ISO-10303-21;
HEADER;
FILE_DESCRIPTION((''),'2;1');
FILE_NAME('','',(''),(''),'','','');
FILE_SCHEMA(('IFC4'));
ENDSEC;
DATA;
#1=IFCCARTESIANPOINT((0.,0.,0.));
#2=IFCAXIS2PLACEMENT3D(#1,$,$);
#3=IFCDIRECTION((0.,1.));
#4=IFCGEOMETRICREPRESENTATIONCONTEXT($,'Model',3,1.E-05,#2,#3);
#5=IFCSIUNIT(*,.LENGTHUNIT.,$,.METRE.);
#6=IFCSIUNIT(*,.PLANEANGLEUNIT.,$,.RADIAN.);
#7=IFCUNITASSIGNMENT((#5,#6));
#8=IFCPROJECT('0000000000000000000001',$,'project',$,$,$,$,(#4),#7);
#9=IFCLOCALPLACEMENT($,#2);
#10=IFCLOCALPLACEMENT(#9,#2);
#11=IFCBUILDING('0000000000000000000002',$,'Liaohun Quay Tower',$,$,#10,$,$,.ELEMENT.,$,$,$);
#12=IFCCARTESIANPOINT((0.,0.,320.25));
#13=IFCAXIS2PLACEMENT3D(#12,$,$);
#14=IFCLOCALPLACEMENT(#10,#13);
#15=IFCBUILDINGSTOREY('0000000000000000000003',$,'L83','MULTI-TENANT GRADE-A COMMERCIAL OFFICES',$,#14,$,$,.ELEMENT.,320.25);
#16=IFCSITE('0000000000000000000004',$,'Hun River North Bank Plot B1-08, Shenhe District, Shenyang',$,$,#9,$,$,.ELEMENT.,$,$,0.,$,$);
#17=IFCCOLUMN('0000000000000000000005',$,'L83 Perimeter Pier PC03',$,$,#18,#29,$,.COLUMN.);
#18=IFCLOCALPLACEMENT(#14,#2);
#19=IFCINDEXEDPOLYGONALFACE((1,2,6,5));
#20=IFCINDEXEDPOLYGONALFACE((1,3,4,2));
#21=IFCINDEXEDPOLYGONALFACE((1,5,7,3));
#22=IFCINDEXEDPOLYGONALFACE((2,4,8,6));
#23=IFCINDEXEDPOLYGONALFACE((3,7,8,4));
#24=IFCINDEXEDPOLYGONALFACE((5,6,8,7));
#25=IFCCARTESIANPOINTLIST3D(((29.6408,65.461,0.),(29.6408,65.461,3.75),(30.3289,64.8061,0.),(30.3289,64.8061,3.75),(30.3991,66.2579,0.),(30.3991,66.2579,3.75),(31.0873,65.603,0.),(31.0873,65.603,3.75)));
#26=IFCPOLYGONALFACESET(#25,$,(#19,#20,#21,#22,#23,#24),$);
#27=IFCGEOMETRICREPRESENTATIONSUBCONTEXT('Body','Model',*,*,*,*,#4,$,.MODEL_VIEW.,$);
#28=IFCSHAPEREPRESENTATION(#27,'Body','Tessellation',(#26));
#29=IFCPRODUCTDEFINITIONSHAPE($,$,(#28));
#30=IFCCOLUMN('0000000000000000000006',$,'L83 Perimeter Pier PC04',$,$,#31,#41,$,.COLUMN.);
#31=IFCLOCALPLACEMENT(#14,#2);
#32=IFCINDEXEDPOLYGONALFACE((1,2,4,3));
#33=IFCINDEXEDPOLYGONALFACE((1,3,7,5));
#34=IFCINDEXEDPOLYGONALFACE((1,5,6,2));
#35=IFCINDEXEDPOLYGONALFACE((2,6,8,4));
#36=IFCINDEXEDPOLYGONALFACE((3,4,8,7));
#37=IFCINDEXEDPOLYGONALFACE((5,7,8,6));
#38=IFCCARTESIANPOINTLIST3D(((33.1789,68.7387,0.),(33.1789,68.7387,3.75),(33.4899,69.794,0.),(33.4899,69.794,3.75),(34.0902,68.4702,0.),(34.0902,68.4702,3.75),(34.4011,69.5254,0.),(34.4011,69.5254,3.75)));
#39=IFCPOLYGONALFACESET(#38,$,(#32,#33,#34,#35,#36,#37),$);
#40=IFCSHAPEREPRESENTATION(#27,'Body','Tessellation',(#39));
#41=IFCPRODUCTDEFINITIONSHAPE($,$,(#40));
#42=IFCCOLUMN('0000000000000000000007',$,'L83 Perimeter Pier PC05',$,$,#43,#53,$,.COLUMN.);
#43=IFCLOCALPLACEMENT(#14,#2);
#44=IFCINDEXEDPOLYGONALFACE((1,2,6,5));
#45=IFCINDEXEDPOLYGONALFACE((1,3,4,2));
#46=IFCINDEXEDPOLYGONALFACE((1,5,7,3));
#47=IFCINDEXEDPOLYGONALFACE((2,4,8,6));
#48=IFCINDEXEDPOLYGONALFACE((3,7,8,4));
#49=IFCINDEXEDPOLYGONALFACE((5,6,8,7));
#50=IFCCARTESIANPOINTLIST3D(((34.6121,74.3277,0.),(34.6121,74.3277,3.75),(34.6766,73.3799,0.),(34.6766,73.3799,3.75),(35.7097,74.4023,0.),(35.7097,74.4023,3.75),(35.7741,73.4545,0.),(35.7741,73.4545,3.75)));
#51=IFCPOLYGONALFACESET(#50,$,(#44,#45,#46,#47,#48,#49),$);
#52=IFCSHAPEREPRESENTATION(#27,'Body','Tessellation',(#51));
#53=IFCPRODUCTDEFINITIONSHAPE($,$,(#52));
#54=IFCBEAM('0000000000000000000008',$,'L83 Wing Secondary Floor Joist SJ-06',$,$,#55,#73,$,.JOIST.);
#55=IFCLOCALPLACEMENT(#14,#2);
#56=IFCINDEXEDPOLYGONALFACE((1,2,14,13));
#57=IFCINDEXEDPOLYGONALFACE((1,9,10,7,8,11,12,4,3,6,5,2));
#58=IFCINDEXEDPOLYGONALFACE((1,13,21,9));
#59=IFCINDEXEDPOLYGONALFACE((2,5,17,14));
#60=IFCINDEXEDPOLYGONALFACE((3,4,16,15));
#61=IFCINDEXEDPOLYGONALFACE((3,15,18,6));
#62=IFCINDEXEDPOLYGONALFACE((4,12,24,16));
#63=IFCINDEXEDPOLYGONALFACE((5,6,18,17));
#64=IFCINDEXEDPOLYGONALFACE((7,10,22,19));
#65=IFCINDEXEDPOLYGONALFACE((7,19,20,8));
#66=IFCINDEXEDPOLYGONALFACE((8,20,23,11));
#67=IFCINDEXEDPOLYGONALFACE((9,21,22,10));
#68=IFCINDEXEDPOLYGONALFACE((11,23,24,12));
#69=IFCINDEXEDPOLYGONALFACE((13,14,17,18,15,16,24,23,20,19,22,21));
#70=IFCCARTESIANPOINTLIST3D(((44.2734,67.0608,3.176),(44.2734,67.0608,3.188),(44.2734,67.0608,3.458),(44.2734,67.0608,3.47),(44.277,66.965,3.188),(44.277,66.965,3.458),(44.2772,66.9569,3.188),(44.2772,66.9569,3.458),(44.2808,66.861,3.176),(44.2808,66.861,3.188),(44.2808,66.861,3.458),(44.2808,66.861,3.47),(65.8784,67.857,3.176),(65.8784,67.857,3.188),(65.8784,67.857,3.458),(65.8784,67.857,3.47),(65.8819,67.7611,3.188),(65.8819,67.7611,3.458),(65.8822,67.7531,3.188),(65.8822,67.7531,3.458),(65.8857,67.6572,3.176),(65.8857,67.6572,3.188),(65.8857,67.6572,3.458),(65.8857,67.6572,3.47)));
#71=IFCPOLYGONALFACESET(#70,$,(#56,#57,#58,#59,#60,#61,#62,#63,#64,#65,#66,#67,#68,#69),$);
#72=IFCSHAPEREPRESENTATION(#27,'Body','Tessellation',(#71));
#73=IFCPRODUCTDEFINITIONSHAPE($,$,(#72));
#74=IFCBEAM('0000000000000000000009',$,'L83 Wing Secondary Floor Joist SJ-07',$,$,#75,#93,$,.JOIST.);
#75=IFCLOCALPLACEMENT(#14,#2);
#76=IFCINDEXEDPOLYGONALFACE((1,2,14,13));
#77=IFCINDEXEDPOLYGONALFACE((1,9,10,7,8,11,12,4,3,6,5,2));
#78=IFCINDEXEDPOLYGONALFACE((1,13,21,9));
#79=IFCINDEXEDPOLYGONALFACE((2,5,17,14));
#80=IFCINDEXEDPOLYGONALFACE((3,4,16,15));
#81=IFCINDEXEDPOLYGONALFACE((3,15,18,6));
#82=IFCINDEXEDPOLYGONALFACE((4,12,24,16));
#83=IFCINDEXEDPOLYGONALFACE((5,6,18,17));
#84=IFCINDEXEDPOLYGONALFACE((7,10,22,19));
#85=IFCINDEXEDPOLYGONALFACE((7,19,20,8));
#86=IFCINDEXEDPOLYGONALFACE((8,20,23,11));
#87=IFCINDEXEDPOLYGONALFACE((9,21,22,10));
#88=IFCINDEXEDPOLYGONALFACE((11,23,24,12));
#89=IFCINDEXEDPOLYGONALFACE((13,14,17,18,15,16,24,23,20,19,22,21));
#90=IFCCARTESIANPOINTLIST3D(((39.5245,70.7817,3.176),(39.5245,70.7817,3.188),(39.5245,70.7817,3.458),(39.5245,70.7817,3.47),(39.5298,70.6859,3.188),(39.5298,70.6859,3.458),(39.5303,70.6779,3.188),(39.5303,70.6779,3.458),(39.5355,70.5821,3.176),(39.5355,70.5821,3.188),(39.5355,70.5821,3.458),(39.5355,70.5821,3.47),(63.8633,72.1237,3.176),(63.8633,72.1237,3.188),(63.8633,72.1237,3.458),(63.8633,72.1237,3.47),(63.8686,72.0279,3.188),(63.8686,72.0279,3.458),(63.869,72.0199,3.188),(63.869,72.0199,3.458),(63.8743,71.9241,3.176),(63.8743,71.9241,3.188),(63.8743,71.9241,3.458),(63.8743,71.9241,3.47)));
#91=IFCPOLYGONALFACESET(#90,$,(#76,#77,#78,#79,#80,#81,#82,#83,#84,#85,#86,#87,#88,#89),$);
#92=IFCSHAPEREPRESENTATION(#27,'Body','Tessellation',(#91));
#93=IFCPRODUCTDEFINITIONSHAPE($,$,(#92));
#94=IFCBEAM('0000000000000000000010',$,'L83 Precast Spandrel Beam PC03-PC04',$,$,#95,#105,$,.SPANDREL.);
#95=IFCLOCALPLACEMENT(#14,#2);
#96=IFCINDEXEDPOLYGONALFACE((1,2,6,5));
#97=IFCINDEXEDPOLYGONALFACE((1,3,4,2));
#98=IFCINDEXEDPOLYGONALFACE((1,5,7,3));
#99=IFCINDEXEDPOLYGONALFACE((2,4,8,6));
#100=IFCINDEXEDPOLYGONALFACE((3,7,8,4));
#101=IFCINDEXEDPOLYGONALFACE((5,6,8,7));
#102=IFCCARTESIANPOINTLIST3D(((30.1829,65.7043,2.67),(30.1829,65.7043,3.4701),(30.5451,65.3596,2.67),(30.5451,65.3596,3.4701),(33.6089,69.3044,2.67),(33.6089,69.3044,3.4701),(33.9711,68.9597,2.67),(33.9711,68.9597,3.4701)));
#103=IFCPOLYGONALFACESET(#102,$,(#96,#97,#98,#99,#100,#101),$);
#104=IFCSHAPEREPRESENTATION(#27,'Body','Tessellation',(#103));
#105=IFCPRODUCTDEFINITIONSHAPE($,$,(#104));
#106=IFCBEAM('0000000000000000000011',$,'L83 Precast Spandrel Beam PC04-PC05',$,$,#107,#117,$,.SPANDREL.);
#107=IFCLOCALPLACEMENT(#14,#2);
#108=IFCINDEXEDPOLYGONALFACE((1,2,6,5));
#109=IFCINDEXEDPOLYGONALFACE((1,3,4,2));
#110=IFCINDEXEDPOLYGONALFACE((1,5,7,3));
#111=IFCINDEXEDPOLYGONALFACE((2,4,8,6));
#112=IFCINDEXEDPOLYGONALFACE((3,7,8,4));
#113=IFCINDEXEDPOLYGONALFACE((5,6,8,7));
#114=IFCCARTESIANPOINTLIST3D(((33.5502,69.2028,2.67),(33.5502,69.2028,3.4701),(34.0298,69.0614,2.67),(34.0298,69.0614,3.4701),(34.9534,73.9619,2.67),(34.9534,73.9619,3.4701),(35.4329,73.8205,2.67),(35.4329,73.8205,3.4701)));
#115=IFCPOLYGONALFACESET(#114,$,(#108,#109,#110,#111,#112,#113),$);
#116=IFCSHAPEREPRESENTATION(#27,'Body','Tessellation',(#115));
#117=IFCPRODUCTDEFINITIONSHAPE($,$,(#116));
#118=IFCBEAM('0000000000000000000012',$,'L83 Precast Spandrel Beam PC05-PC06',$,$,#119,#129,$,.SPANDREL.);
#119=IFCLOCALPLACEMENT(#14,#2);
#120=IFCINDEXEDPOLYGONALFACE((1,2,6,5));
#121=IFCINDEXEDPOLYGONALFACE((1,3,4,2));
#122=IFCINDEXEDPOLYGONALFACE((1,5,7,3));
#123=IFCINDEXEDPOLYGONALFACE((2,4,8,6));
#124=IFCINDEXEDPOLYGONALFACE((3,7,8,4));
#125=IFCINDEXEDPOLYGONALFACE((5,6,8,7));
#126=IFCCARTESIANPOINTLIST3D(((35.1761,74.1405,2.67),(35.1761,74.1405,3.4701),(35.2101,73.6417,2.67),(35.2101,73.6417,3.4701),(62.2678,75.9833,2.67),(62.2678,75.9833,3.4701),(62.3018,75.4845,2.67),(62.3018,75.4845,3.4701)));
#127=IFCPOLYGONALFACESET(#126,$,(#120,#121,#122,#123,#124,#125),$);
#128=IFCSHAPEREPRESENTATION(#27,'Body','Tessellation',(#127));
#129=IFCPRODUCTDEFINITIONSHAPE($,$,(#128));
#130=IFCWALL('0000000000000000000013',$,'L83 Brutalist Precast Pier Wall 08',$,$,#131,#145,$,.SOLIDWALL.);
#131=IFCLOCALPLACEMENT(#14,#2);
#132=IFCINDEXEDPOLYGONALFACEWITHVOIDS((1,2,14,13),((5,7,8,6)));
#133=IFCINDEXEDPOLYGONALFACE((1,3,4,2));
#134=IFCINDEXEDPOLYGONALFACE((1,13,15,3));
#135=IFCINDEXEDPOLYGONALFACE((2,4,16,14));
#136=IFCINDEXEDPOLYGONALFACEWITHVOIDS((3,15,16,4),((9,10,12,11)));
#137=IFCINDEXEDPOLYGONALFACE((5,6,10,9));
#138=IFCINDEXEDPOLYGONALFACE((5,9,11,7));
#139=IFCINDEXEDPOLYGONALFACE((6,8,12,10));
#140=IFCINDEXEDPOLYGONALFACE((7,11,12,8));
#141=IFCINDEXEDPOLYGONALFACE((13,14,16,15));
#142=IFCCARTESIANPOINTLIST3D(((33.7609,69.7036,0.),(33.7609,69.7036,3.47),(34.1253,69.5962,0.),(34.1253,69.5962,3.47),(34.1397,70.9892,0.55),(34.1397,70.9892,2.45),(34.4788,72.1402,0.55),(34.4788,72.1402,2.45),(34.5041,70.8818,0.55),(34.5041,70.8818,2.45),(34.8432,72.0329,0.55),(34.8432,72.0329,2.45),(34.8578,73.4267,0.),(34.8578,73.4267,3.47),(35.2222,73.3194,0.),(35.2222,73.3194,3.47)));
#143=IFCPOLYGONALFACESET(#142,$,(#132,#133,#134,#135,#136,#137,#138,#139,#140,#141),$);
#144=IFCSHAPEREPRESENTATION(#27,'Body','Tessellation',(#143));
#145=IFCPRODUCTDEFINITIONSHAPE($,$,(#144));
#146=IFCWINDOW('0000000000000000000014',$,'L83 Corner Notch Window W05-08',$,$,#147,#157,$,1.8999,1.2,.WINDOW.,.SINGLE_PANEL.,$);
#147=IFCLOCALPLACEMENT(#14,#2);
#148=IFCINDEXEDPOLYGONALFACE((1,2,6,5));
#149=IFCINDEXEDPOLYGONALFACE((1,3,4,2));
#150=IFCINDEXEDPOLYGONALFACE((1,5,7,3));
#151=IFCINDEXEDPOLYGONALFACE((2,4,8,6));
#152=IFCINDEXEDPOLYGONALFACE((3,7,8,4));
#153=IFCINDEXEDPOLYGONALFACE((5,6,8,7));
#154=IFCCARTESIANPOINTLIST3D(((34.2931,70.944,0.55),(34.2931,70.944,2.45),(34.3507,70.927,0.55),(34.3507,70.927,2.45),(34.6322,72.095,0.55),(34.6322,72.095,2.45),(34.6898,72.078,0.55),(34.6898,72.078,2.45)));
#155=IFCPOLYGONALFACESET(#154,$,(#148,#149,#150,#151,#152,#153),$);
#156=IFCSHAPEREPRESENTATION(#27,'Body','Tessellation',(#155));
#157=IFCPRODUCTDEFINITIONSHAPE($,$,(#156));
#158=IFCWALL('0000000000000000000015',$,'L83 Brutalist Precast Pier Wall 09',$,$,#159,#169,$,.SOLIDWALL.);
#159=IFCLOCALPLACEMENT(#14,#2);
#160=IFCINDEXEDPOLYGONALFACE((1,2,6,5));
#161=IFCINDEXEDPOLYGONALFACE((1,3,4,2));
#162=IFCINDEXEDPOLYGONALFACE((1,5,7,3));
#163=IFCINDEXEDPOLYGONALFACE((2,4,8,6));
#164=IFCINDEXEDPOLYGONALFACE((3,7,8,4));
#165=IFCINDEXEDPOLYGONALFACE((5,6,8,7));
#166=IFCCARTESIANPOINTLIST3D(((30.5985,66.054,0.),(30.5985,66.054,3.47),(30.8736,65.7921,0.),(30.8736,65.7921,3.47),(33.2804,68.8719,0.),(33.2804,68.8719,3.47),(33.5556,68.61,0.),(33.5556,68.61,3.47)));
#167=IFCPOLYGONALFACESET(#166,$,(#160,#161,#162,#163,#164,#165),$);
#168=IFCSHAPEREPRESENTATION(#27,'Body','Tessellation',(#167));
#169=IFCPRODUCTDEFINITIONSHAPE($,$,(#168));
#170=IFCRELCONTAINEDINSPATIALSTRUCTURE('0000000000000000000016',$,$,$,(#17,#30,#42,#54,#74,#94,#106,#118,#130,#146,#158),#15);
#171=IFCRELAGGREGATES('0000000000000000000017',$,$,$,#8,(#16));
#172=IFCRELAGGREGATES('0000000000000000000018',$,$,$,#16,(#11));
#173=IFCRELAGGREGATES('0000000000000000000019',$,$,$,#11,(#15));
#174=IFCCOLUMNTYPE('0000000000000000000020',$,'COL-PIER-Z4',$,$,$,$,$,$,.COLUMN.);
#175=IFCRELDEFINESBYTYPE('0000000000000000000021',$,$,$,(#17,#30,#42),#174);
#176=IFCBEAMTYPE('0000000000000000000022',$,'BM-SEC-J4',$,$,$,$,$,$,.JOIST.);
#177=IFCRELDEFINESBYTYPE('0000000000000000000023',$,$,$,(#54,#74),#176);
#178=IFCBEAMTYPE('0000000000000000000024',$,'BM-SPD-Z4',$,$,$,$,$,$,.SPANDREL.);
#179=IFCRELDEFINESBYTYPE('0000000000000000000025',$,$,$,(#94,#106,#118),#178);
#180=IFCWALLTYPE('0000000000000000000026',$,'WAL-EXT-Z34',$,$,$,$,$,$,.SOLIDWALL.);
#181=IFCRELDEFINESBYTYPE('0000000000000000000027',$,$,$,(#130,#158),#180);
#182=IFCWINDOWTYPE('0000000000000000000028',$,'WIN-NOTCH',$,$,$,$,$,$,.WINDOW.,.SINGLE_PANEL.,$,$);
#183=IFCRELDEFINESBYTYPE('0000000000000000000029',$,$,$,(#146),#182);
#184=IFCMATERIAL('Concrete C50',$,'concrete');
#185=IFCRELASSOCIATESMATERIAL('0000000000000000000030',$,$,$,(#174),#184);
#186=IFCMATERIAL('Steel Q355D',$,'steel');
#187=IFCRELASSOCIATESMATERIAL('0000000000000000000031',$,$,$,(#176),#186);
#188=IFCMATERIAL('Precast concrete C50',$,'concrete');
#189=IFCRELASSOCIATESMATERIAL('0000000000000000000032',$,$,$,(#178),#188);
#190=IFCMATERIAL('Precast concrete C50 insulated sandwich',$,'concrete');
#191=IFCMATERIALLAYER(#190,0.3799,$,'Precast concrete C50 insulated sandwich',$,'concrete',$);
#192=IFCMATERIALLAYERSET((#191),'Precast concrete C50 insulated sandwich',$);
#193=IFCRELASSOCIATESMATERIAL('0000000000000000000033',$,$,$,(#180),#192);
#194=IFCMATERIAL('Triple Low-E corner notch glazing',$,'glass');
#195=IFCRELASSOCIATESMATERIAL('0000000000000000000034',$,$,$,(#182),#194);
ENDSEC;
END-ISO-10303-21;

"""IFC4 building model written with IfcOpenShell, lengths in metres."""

from ifc_helpers import new_model, si_unit, direction, frame, frame_2d, origin, origin_2d, place, context, subcontext, project, spatial, rectangle, i_section, extrude, source, transform, mapped, material, layer, layer_set, material_profile, profile_set, type_object, element, fill, save


model = new_model("IFC4")

# Units and contexts
model_context = context("Model", 3, precision=1e-05, world=origin(), true_north=direction((0.0, 1.0)))
body_context = subcontext(model_context, "Body", "Model", "MODEL_VIEW")
ifc_project = project(units=[si_unit("LENGTHUNIT", "METRE"), si_unit("PLANEANGLEUNIT", "RADIAN")], contexts=[model_context])

# Site, building, storey
site_placement = place(None, origin())
site = spatial("IfcSite", under=ifc_project, at=site_placement, Name="Hun River North Bank Plot B1-08, Shenhe District, Shenyang", CompositionType="ELEMENT", RefElevation=0.0)
building_placement = place(site_placement, origin())
building = spatial("IfcBuilding", under=site, at=building_placement, Name="Liaohun Quay Tower", CompositionType="ELEMENT")
storey_placement = place(building_placement, frame((0.0, 0.0, 320.25)))
storey = spatial("IfcBuildingStorey", under=building, at=storey_placement, Name="L83", Description="MULTI-TENANT GRADE-A COMMERCIAL OFFICES", CompositionType="ELEMENT", Elevation=320.25)

# Columns
ifc_material_1 = material(Name="Concrete C50", Category="concrete")
ifc_material_profile_1 = material_profile(ifc_material_1, rectangle(XDim=1.1001, YDim=0.95, at=origin_2d()), Name="RC1100x950")
ifc_profile_set_1 = profile_set([ifc_material_profile_1], Name="Concrete C50")
column_type = type_object("IfcColumnType", Name="COL-PIER-Z4", PredefinedType="COLUMN", material=ifc_profile_set_1)
shared_shape_1 = source(origin(), body_context, "Body", "SweptSolid", [
    extrude(rectangle(XDim=1.1001, YDim=0.95, at=origin_2d()), origin(), (0.0, 0.0, 1.0), 3.75),
])
for number, where, z_axis, x_axis, name in (
    (1, (30.364, 65.532, 0.0), (0.0, 0.0, 1.0), (0.689367, 0.724413, 0.0), "L83 Perimeter Pier PC03"),
    (2, (33.79, 69.1321, 0.0), (0.0, 0.0, 1.0), (0.282676, 0.959215, 0.0), "L83 Perimeter Pier PC04"),
    (3, (35.1931, 73.8911, 0.0), (0.0, 0.0, 1.0), (0.997696, 0.067841, 0.0), "L83 Perimeter Pier PC05"),
):
    element("IfcColumn", number, at=place(storey_placement, frame(where, z_axis=z_axis, x_axis=x_axis)), inside=storey, type_object=column_type, Name=name, PredefinedType="COLUMN", context=body_context, shape_type="MappedRepresentation", body=[
        mapped(shared_shape_1, transform((0.0, 0.0, 0.0), x_axis=(1.0, 0.0, 0.0), y_axis=(0.0, 1.0, 0.0), z_axis=(0.0, 0.0, 1.0), scale=1.0)),
    ])

# Beams
ifc_material_2 = material(Name="Steel Q355D", Category="steel")
ifc_material_profile_2 = material_profile(ifc_material_2, i_section(OverallWidth=0.2, OverallDepth=0.2939, WebThickness=0.0081, FlangeThickness=0.012, at=origin_2d()), Name="HM294x200x8x12")
ifc_profile_set_2 = profile_set([ifc_material_profile_2], Name="Steel Q355D")
beam_type_1 = type_object("IfcBeamType", Name="BM-SEC-J4", PredefinedType="JOIST", material=ifc_profile_set_2)
shared_shape_2 = source(origin(), body_context, "Body", "SweptSolid", [
    extrude(i_section(OverallWidth=0.2, OverallDepth=0.2939, WebThickness=0.0081, FlangeThickness=0.012, at=origin_2d()), origin(), (0.0, 0.0, 1.0), 21.6196),
])
beam_1_placement = place(storey_placement, frame((44.2771, 66.9609, 3.323), z_axis=(0.999322, 0.036825, 0.0), x_axis=(-0.036825, 0.999322, 0.0)))
element("IfcBeam", 4, at=beam_1_placement, inside=storey, type_object=beam_type_1, Name="L83 Wing Secondary Floor Joist SJ-06", PredefinedType="JOIST", context=body_context, shape_type="MappedRepresentation", body=[
    mapped(shared_shape_2, transform((0.0, 0.0, 0.0), x_axis=(1.0, 0.0, 0.0), y_axis=(0.0, 1.0, 0.0), z_axis=(0.0, 0.0, 1.0), scale=1.0)),
])
shared_shape_3 = source(origin(), body_context, "Body", "SweptSolid", [
    extrude(i_section(OverallWidth=0.2, OverallDepth=0.2939, WebThickness=0.0081, FlangeThickness=0.012, at=origin_2d()), origin(), (0.0, 0.0, 1.0), 24.3757),
])
beam_2_placement = place(storey_placement, frame((39.53, 70.6819, 3.323), z_axis=(0.998483, 0.055056, 0.0), x_axis=(-0.055056, 0.998483, 0.0)))
element("IfcBeam", 5, at=beam_2_placement, inside=storey, type_object=beam_type_1, Name="L83 Wing Secondary Floor Joist SJ-07", PredefinedType="JOIST", context=body_context, shape_type="MappedRepresentation", body=[
    mapped(shared_shape_3, transform((0.0, 0.0, 0.0), x_axis=(1.0, 0.0, 0.0), y_axis=(0.0, 1.0, 0.0), z_axis=(0.0, 0.0, 1.0), scale=1.0)),
])
ifc_material_3 = material(Name="Precast concrete C50", Category="concrete")
ifc_material_profile_3 = material_profile(ifc_material_3, rectangle(XDim=0.5, YDim=0.8, at=origin_2d()), Name="RC500x800")
ifc_profile_set_3 = profile_set([ifc_material_profile_3], Name="Precast concrete C50")
beam_type_2 = type_object("IfcBeamType", Name="BM-SPD-Z4", PredefinedType="SPANDREL", material=ifc_profile_set_3)
shared_shape_4 = source(origin(), body_context, "Body", "SweptSolid", [
    extrude(rectangle(XDim=0.5, YDim=0.8, at=origin_2d()), origin(), (0.0, 0.0, 1.0), 4.9697),
])
beam_3_placement = place(storey_placement, frame((30.364, 65.532, 3.0701), z_axis=(0.689377, 0.724403, 0.0), x_axis=(-0.724403, 0.689377, 0.0)))
element("IfcBeam", 6, at=beam_3_placement, inside=storey, type_object=beam_type_2, Name="L83 Precast Spandrel Beam PC03-PC04", PredefinedType="SPANDREL", context=body_context, shape_type="MappedRepresentation", body=[
    mapped(shared_shape_4, transform((0.0, 0.0, 0.0), x_axis=(1.0, 0.0, 0.0), y_axis=(0.0, 1.0, 0.0), z_axis=(0.0, 0.0, 1.0), scale=1.0)),
])
shared_shape_5 = source(origin(), body_context, "Body", "SweptSolid", [
    extrude(rectangle(XDim=0.5, YDim=0.8, at=origin_2d()), origin(), (0.0, 0.0, 1.0), 4.9617),
])
beam_4_placement = place(storey_placement, frame((33.79, 69.1321, 3.0701), z_axis=(0.28279, 0.959182, 0.0), x_axis=(-0.959182, 0.28279, 0.0)))
element("IfcBeam", 7, at=beam_4_placement, inside=storey, type_object=beam_type_2, Name="L83 Precast Spandrel Beam PC04-PC05", PredefinedType="SPANDREL", context=body_context, shape_type="MappedRepresentation", body=[
    mapped(shared_shape_5, transform((0.0, 0.0, 0.0), x_axis=(1.0, 0.0, 0.0), y_axis=(0.0, 1.0, 0.0), z_axis=(0.0, 0.0, 1.0), scale=1.0)),
])
shared_shape_6 = source(origin(), body_context, "Body", "SweptSolid", [
    extrude(rectangle(XDim=0.5, YDim=0.8, at=origin_2d()), origin(), (0.0, 0.0, 1.0), 27.1543),
])
beam_5_placement = place(storey_placement, frame((35.1931, 73.8911, 3.0701), z_axis=(0.997695, 0.067863, 0.0), x_axis=(-0.067863, 0.997695, 0.0)))
element("IfcBeam", 8, at=beam_5_placement, inside=storey, type_object=beam_type_2, Name="L83 Precast Spandrel Beam PC05-PC06", PredefinedType="SPANDREL", context=body_context, shape_type="MappedRepresentation", body=[
    mapped(shared_shape_6, transform((0.0, 0.0, 0.0), x_axis=(1.0, 0.0, 0.0), y_axis=(0.0, 1.0, 0.0), z_axis=(0.0, 0.0, 1.0), scale=1.0)),
])

# Wall, opening, window
ifc_material_4 = material(Name="Precast concrete C50 insulated sandwich", Category="concrete")
ifc_layer_1 = layer(ifc_material_4, 0.3799, Name="Precast concrete C50 insulated sandwich", Category="concrete")
ifc_layer_set_1 = layer_set([ifc_layer_1], Name="Precast concrete C50 insulated sandwich")
wall_type_1 = type_object("IfcWallType", Name="WAL-EXT-Z34", PredefinedType="SOLIDWALL", material=ifc_layer_set_1)
wall_1_placement = place(storey_placement, frame((35.04, 73.373, 0.0), z_axis=(0.0, 0.0, 1.0), x_axis=(-0.282612, -0.959234, 0.0)))
wall_1 = element("IfcWall", 9, at=wall_1_placement, inside=storey, type_object=wall_type_1, Name="L83 Brutalist Precast Pier Wall 08", PredefinedType="SOLIDWALL", context=body_context, shape_type="SweptSolid", body=[
    extrude(rectangle(XDim=3.8813, YDim=0.3799, at=frame_2d((1.9407, 0.0))), origin(), (0.0, 0.0, 1.0), 3.47),
])
shared_shape_7 = source(origin(), body_context, "Body", "SweptSolid", [
    extrude(rectangle(XDim=1.2, YDim=1.8999, at=frame_2d((0.6001, 0.95))), frame((0.0, 0.2, 0.0), z_axis=(0.0, -1.0, 0.0), x_axis=(1.0, 0.0, 0.0)), (0.0, 0.0, 1.0), 0.3999),
])
opening_1_placement = place(wall_1_placement, frame((1.3411, 0.0, 0.55)))
opening_1 = element("IfcOpeningElement", 10, at=opening_1_placement, cuts=wall_1, PredefinedType="OPENING", context=body_context, shape_type="MappedRepresentation", body=[
    mapped(shared_shape_7, transform((0.0, 0.0, 0.0), x_axis=(1.0, 0.0, 0.0), y_axis=(0.0, 1.0, 0.0), z_axis=(0.0, 0.0, 1.0), scale=1.0)),
])
ifc_material_5 = material(Name="Triple Low-E corner notch glazing", Category="glass")
window_type_1 = type_object("IfcWindowType", Name="WIN-NOTCH", PartitioningType="SINGLE_PANEL", PredefinedType="WINDOW", material=ifc_material_5)
shared_shape_8 = source(origin(), body_context, "Body", "SweptSolid", [
    extrude(rectangle(XDim=1.2, YDim=1.8999, at=frame_2d((0.6001, 0.95))), frame((0.0, 0.03, 0.0), z_axis=(0.0, -1.0, 0.0), x_axis=(1.0, 0.0, 0.0)), (0.0, 0.0, 1.0), 0.0601),
])
window_1_placement = place(opening_1_placement, origin())
window_1 = element("IfcWindow", 11, at=window_1_placement, inside=storey, type_object=window_type_1, Name="L83 Corner Notch Window W05-08", OverallHeight=1.8999, OverallWidth=1.2, PartitioningType="SINGLE_PANEL", PredefinedType="WINDOW", context=body_context, shape_type="MappedRepresentation", body=[
    mapped(shared_shape_8, transform((0.0, 0.0, 0.0), x_axis=(1.0, 0.0, 0.0), y_axis=(0.0, 1.0, 0.0), z_axis=(0.0, 0.0, 1.0), scale=1.0)),
])
fill(opening_1, window_1)

# Wall
wall_2_placement = place(storey_placement, frame((33.418, 68.741, 0.0), z_axis=(0.0, 0.0, 1.0), x_axis=(-0.689412, -0.724369, 0.0)))
element("IfcWall", 12, at=wall_2_placement, inside=storey, type_object=wall_type_1, Name="L83 Brutalist Precast Pier Wall 09", PredefinedType="SOLIDWALL", context=body_context, shape_type="SweptSolid", body=[
    extrude(rectangle(XDim=3.8901, YDim=0.3799, at=frame_2d((1.9451, 0.0))), origin(), (0.0, 0.0, 1.0), 3.47),
])

save(model, "model.ifc")
